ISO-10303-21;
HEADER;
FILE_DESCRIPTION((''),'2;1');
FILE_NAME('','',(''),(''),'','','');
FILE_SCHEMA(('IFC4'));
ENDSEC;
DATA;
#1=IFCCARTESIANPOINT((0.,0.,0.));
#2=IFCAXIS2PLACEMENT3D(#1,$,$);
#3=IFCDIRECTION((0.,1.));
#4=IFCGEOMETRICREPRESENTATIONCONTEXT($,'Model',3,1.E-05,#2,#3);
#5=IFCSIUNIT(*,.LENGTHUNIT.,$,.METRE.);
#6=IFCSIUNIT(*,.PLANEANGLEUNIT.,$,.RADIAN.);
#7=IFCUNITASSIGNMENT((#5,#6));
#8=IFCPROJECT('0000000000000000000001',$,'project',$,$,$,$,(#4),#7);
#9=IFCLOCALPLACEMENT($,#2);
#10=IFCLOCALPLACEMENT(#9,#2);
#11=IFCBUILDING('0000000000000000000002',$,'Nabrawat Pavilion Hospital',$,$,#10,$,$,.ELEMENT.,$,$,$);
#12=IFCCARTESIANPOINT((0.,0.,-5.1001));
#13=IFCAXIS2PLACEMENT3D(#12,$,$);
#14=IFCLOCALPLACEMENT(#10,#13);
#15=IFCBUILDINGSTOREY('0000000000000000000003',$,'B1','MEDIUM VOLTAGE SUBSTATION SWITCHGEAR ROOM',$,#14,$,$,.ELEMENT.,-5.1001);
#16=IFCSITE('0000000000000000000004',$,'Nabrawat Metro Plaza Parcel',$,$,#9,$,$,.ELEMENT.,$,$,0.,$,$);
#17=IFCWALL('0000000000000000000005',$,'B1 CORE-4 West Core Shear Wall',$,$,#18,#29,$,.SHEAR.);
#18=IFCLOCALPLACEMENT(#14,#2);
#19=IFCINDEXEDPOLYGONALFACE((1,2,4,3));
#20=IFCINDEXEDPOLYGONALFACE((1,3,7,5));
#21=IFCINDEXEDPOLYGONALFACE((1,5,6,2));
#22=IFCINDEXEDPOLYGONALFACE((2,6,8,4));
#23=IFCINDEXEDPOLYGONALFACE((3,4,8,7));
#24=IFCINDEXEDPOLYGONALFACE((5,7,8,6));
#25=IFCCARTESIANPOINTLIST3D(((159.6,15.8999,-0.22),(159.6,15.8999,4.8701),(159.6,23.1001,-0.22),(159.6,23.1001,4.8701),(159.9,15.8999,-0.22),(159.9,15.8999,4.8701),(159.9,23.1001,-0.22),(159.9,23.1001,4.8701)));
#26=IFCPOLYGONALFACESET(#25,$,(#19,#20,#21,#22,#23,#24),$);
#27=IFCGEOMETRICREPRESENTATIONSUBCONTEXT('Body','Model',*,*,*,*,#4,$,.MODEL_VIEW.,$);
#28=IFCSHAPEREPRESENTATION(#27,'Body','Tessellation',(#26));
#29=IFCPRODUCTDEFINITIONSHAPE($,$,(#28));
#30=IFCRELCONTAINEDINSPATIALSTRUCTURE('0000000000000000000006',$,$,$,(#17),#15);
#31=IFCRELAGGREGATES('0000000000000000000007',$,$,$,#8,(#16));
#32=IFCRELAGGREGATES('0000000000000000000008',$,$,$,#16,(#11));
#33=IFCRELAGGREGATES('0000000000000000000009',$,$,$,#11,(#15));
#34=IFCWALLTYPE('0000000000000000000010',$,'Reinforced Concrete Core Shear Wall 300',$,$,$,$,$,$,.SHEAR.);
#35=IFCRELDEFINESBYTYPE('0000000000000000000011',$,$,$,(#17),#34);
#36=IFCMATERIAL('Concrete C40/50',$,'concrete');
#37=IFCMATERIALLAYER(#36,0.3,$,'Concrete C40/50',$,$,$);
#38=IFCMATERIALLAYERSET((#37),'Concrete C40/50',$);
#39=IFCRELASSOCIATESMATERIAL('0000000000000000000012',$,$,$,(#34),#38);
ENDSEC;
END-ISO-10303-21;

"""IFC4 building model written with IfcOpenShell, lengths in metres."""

from ifc_helpers import new_model, si_unit, direction, frame, frame_2d, origin, place, context, subcontext, project, spatial, rectangle, extrude, material, layer, layer_set, type_object, element, save


model = new_model("IFC4")

# Units and contexts
model_context = context("Model", 3, precision=1e-05, world=origin(), true_north=direction((0.0, 1.0)))
body_context = subcontext(model_context, "Body", "Model", "MODEL_VIEW")
ifc_project = project(units=[si_unit("LENGTHUNIT", "METRE"), si_unit("PLANEANGLEUNIT", "RADIAN")], contexts=[model_context])

# Site, building, storey
site_placement = place(None, origin())
site = spatial("IfcSite", under=ifc_project, at=site_placement, Name="Nabrawat Metro Plaza Parcel", CompositionType="ELEMENT", RefElevation=0.0)
building_placement = place(site_placement, origin())
building = spatial("IfcBuilding", under=site, at=building_placement, Name="Nabrawat Pavilion Hospital", CompositionType="ELEMENT")
storey_placement = place(building_placement, frame((0.0, 0.0, -5.1001)))
storey = spatial("IfcBuildingStorey", under=building, at=storey_placement, Name="B1", Description="MEDIUM VOLTAGE SUBSTATION SWITCHGEAR ROOM", CompositionType="ELEMENT", Elevation=-5.1001)

# Shared definitions
ifc_material_1 = material(Name="Concrete C40/50", Category="concrete")

# Wall
ifc_layer_1 = layer(ifc_material_1, 0.3, Name="Concrete C40/50")
ifc_layer_set_1 = layer_set([ifc_layer_1], Name="Concrete C40/50")
wall_type_1 = type_object("IfcWallType", Name="Reinforced Concrete Core Shear Wall 300", PredefinedType="SHEAR", material=ifc_layer_set_1)
wall_1_placement = place(storey_placement, frame((159.75, 15.8999, -0.22), z_axis=(0.0, 0.0, 1.0), x_axis=(0.0, 1.0, 0.0)))
element("IfcWall", 1, at=wall_1_placement, inside=storey, type_object=wall_type_1, Name="B1 CORE-4 West Core Shear Wall", PredefinedType="SHEAR", context=body_context, shape_type="SweptSolid", body=[
    extrude(rectangle(XDim=7.2002, YDim=0.3, at=frame_2d((3.6001, 0.0))), origin(), (0.0, 0.0, 1.0), 5.0901),
])

save(model, "model.ifc")
